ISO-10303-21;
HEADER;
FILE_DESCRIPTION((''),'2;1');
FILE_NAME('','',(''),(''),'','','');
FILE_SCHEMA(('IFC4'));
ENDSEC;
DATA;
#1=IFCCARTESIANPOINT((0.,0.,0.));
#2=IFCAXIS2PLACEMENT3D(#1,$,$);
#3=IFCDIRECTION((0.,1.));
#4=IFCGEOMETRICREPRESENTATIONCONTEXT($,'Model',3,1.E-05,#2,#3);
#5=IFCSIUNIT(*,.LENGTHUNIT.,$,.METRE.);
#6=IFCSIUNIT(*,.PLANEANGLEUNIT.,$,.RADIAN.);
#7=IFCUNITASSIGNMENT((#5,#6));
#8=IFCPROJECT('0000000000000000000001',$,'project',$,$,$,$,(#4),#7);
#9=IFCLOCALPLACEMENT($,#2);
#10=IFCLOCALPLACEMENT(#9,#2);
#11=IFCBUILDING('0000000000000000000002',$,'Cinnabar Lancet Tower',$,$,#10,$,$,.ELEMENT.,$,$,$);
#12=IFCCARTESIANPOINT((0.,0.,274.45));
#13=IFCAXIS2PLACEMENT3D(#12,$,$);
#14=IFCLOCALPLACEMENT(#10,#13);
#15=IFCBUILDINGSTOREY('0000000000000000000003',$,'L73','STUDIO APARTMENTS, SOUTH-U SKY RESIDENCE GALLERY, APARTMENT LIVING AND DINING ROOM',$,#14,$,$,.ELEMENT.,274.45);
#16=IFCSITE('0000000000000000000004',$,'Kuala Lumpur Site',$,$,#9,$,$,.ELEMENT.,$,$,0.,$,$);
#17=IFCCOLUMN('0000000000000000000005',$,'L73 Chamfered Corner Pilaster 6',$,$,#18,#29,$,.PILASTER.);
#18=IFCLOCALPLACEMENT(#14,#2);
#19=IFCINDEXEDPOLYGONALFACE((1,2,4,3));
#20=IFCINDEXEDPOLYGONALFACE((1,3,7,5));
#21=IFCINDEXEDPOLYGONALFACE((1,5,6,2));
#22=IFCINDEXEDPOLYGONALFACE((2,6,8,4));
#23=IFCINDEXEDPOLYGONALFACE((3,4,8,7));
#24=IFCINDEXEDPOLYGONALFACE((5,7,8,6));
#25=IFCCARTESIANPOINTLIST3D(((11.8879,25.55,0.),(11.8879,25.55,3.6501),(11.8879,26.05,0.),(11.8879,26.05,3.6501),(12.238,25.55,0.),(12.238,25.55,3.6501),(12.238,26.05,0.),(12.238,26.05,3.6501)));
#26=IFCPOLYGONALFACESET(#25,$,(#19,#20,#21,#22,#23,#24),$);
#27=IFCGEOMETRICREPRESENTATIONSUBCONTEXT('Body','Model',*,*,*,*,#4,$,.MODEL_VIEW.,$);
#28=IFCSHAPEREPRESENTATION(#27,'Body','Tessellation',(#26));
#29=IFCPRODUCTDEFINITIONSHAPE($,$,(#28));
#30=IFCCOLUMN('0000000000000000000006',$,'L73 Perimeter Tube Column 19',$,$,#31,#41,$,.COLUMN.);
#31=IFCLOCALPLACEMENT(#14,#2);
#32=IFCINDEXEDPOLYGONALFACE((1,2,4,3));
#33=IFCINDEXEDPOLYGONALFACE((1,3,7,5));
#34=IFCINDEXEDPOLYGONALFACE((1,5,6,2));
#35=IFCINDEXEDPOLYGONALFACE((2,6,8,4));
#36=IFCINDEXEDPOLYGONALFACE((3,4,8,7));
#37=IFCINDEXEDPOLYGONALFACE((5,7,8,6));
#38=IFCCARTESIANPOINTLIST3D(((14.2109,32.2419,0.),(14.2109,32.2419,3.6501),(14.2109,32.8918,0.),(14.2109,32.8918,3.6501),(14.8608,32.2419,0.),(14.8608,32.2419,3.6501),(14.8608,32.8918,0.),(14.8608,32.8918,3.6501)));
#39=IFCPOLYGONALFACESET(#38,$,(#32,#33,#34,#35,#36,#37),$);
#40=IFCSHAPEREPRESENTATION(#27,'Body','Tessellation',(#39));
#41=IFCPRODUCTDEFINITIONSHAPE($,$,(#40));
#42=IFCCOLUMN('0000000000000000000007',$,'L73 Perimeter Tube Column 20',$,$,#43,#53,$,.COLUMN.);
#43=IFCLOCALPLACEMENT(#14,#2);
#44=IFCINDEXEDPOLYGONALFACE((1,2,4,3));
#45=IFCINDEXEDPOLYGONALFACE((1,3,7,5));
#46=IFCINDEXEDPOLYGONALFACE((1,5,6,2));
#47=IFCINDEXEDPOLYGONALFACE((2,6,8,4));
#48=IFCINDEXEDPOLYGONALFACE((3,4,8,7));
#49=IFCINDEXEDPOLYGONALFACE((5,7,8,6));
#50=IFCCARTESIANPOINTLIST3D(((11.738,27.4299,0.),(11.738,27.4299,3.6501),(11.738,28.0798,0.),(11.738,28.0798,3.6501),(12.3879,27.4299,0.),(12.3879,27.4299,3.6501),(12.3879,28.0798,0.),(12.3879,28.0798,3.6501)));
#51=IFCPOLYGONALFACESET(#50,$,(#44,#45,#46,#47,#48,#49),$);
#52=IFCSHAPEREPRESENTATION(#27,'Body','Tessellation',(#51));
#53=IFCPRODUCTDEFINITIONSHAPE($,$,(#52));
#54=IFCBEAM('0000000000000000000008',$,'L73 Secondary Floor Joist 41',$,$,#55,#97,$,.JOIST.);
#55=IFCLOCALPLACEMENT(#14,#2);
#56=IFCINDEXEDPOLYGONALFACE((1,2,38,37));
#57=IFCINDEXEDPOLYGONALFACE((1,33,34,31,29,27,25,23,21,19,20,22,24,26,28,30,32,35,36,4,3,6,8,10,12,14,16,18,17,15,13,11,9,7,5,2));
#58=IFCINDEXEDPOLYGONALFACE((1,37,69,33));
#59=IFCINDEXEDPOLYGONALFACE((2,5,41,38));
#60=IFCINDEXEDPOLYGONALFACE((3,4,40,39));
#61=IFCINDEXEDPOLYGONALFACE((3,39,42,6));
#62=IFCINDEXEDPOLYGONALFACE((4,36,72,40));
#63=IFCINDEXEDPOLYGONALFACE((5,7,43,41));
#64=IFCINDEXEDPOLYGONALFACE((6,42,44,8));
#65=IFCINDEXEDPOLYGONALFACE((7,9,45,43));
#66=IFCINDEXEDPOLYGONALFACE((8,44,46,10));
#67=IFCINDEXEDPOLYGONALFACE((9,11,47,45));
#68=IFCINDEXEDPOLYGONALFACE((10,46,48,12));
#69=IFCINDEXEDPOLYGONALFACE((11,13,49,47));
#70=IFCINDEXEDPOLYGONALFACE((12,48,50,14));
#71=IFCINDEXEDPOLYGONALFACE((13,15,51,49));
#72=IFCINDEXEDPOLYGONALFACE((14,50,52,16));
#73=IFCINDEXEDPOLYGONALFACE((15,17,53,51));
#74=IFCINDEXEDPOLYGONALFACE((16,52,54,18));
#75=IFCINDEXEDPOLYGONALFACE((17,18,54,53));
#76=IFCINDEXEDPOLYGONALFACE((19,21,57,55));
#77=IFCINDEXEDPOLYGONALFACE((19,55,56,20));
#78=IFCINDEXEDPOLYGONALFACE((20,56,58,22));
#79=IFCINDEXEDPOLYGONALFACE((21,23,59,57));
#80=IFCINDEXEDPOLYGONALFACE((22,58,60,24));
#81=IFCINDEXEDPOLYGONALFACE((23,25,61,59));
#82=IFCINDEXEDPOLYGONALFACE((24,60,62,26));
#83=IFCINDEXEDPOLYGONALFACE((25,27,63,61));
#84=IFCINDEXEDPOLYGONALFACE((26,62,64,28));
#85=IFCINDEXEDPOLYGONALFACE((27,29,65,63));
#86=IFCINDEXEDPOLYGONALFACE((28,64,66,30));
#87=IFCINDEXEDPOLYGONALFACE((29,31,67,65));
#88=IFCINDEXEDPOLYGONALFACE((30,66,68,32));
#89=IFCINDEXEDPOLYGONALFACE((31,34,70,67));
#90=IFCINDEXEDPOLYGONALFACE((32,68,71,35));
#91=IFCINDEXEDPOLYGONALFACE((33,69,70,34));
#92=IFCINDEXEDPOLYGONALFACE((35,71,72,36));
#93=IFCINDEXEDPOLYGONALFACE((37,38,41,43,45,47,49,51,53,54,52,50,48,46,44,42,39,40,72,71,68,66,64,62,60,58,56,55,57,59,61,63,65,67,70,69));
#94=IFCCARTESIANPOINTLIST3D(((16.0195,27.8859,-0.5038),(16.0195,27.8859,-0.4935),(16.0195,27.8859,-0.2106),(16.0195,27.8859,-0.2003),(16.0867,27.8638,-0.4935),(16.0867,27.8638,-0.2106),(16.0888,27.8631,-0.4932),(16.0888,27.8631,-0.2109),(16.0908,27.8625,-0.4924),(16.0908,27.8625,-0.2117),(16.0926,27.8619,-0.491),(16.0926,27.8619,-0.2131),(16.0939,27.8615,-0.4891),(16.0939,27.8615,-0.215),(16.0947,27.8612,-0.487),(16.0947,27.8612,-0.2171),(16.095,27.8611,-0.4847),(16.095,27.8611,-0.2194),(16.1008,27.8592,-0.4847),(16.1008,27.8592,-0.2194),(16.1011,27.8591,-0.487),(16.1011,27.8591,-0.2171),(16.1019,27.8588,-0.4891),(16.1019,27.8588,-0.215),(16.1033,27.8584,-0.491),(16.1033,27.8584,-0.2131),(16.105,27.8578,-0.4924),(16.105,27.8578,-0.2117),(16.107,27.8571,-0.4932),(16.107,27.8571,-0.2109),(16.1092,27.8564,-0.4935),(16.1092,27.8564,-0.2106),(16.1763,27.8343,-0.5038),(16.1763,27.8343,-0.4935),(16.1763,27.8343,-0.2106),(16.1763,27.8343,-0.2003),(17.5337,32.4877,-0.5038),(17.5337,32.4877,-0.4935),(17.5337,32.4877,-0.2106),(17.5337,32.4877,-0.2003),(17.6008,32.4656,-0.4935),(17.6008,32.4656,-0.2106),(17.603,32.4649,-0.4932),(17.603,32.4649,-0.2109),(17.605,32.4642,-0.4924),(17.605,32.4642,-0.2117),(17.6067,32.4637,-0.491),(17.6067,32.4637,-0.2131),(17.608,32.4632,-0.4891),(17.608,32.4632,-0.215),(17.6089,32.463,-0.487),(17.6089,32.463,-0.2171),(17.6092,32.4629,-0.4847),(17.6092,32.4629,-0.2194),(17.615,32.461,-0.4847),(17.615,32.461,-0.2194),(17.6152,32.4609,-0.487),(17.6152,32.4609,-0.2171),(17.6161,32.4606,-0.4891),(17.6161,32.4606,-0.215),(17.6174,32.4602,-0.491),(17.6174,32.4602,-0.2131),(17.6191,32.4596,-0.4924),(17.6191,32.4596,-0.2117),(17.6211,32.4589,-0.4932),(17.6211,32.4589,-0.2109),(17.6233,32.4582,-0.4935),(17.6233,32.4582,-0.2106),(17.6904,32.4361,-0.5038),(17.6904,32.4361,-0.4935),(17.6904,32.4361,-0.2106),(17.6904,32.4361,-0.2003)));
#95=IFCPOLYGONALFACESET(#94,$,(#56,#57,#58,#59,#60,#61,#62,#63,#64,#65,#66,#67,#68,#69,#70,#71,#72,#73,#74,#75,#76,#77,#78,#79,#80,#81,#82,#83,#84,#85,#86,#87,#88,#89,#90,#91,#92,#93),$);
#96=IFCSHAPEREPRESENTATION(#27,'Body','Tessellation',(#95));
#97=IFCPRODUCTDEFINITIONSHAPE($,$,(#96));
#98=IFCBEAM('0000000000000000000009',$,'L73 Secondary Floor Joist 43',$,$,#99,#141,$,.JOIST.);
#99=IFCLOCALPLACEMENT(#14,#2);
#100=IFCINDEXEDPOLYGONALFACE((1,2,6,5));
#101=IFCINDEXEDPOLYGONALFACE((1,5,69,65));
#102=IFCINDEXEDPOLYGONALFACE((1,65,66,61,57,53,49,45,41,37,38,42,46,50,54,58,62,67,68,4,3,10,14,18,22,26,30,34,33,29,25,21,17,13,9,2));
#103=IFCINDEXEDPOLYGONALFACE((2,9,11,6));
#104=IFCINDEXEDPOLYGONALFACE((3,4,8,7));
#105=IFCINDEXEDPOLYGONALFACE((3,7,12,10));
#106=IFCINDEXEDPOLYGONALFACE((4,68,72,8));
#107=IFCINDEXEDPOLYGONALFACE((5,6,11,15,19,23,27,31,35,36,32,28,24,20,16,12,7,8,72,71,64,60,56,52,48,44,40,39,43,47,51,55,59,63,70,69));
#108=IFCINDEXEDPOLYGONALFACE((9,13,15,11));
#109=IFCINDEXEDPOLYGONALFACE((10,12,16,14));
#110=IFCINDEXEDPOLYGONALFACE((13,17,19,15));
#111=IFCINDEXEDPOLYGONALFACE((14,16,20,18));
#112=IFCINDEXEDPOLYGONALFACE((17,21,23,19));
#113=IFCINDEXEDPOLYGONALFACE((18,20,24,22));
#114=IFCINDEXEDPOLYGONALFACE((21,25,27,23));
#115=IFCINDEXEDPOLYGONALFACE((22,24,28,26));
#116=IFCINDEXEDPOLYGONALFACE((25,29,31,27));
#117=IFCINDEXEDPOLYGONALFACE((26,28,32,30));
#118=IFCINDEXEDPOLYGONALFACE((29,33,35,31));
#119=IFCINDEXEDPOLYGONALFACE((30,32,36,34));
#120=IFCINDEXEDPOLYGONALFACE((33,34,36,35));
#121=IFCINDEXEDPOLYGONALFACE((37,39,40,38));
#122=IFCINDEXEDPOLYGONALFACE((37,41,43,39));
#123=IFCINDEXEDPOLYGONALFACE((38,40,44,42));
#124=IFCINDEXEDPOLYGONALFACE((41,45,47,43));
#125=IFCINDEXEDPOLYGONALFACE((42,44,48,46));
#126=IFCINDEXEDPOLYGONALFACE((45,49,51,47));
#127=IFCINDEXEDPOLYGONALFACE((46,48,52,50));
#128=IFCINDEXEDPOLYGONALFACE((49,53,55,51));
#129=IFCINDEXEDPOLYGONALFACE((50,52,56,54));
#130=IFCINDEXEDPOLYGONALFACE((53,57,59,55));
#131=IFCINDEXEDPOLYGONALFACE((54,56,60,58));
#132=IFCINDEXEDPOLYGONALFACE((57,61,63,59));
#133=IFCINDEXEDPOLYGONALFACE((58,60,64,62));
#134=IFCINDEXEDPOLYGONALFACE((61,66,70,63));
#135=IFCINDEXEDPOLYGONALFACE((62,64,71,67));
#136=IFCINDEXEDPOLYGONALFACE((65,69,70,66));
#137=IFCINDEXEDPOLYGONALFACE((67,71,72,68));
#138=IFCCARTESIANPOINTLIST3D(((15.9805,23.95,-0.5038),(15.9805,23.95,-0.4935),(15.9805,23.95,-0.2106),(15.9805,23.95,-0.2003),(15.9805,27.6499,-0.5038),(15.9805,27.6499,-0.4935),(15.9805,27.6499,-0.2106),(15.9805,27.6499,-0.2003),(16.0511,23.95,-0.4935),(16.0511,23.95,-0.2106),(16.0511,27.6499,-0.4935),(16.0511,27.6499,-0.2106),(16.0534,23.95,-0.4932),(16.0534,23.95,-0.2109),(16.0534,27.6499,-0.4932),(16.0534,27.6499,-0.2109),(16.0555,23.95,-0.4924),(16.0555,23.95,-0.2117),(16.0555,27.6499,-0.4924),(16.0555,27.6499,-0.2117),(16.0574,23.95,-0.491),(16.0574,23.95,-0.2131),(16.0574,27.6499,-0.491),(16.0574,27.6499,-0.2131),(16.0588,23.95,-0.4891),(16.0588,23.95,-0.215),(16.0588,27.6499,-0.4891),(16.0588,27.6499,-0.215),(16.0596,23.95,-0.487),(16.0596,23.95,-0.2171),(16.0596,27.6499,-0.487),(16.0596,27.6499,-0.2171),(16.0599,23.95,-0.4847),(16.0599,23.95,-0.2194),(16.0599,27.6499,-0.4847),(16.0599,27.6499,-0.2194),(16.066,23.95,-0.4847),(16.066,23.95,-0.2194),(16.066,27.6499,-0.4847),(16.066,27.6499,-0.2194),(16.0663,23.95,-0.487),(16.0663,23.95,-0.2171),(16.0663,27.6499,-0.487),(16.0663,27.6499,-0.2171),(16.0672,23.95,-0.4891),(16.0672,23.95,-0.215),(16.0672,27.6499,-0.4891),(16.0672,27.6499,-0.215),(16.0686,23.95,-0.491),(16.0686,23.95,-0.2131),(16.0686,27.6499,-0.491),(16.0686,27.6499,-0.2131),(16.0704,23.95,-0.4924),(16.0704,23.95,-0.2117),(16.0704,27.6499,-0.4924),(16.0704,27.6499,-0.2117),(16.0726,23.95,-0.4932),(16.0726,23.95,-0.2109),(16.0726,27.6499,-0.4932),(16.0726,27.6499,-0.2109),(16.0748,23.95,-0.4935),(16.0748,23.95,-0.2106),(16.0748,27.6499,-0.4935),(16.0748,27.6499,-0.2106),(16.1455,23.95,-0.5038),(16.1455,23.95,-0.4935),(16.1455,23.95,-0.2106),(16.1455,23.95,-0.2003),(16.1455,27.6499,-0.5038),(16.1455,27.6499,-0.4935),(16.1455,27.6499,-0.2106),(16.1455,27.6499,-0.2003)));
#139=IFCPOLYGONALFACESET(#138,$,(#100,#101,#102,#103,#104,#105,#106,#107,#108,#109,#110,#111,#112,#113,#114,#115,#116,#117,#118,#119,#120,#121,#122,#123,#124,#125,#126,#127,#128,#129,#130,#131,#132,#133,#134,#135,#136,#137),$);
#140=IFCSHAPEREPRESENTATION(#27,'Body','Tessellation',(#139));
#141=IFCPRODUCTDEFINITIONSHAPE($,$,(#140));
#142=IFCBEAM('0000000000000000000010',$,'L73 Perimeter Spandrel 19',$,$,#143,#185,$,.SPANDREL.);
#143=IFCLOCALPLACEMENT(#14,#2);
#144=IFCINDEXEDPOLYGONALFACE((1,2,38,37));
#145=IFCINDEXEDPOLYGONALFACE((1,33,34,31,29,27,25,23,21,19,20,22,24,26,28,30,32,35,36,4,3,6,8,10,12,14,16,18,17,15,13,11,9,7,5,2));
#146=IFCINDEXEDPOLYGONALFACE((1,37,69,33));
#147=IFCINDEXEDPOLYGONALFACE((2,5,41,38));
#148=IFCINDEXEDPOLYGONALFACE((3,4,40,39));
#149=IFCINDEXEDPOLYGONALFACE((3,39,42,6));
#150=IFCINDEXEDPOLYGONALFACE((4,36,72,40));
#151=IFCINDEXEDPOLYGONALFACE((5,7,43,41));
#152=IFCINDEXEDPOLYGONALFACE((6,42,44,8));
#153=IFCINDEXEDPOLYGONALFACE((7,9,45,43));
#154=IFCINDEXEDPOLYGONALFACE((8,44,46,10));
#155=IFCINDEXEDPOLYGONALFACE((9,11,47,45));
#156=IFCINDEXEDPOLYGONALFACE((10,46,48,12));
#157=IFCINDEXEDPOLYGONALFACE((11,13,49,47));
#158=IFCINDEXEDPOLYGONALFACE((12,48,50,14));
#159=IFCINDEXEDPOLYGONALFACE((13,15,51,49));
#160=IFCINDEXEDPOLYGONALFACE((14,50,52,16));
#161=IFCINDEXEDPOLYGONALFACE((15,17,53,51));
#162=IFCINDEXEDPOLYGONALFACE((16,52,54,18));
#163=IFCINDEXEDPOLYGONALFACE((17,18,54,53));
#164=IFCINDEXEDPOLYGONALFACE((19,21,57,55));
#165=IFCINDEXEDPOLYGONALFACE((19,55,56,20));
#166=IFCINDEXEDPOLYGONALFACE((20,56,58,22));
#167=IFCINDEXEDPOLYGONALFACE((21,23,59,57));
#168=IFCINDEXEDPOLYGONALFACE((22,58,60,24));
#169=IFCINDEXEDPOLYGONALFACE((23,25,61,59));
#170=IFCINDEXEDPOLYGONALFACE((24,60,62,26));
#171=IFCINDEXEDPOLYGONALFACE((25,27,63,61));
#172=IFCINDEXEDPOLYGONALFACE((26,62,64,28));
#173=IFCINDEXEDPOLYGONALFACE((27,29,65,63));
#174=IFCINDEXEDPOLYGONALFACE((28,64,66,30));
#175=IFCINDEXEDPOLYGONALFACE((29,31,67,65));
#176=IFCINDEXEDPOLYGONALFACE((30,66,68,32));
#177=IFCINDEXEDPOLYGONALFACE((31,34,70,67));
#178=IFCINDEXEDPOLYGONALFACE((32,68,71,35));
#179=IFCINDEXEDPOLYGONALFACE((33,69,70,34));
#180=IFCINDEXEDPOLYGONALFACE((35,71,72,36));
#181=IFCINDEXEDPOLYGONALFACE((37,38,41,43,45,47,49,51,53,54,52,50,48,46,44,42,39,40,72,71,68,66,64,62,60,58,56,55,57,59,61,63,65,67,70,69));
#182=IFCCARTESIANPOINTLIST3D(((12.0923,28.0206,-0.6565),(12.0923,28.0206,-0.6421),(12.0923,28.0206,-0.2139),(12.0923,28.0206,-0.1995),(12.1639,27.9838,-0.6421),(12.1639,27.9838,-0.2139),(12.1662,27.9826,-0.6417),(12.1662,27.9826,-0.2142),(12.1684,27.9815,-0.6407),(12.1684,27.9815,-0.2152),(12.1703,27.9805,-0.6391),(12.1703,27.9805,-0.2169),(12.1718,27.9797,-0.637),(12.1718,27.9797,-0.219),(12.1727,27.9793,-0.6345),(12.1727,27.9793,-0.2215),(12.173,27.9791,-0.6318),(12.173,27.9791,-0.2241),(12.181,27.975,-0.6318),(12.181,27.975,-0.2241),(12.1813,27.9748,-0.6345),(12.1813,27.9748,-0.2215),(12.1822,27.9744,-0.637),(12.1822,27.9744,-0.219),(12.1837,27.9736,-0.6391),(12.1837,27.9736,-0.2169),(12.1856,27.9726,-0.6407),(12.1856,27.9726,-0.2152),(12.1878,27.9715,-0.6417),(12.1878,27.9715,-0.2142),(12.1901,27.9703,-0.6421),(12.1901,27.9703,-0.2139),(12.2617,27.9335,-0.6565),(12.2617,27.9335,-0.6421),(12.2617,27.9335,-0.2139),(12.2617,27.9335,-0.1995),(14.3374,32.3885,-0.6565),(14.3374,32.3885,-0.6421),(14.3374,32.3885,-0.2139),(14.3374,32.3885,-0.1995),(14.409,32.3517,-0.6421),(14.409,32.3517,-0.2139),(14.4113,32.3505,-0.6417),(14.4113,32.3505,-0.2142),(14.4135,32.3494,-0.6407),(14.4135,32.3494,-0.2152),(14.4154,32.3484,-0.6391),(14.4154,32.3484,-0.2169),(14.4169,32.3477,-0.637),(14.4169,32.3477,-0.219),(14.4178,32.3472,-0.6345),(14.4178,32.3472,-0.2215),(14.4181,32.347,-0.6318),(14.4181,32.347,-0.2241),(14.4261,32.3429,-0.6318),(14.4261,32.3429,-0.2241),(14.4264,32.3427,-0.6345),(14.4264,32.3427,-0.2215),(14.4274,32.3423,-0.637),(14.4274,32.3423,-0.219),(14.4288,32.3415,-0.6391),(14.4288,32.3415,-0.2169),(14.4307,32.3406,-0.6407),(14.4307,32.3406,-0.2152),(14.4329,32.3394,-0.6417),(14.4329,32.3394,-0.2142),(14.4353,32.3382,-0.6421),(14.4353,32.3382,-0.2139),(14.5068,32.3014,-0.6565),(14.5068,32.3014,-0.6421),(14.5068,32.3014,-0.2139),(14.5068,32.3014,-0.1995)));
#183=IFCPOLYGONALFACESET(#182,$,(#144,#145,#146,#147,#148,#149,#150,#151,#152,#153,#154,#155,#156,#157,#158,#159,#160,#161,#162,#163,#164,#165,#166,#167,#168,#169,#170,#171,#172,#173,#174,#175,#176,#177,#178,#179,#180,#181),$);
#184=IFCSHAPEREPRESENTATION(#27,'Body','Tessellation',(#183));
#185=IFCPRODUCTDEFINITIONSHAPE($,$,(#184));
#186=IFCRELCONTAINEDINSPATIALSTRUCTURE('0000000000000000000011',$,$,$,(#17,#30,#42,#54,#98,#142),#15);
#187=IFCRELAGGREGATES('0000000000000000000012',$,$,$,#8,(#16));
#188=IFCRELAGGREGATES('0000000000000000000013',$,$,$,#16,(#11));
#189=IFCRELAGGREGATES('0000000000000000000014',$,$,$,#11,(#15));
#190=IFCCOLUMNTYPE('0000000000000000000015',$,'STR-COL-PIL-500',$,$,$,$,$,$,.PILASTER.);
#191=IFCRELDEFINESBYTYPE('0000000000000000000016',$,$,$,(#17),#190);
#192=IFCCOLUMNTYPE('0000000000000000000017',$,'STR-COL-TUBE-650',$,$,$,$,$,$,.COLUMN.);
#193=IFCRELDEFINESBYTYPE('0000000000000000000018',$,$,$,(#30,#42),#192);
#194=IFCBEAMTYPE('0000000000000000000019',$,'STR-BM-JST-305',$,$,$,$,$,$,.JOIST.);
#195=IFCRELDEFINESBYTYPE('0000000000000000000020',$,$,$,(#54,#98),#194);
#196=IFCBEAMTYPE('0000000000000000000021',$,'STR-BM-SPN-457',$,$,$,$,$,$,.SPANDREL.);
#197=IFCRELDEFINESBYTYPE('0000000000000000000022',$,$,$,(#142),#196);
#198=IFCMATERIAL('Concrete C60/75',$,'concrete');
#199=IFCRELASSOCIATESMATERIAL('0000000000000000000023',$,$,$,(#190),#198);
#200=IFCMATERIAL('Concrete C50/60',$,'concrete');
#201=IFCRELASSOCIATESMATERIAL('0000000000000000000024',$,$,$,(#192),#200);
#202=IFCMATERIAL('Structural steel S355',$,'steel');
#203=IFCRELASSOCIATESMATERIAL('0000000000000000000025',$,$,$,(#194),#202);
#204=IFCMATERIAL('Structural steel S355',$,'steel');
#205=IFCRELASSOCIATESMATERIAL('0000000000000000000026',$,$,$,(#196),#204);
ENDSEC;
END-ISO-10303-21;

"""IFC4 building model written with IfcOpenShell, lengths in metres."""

from ifc_helpers import new_model, si_unit, direction, frame, origin, origin_2d, place, context, subcontext, project, spatial, rectangle, i_section, extrude, material, material_profile, profile_set, type_object, element, save


model = new_model("IFC4")

# Units and contexts
model_context = context("Model", 3, precision=1e-05, world=origin(), true_north=direction((0.0, 1.0)))
body_context = subcontext(model_context, "Body", "Model", "MODEL_VIEW")
ifc_project = project(units=[si_unit("LENGTHUNIT", "METRE"), si_unit("PLANEANGLEUNIT", "RADIAN")], contexts=[model_context])

# Site, building, storey
site_placement = place(None, origin())
site = spatial("IfcSite", under=ifc_project, at=site_placement, Name="Kuala Lumpur Site", CompositionType="ELEMENT", RefElevation=0.0)
building_placement = place(site_placement, origin())
building = spatial("IfcBuilding", under=site, at=building_placement, Name="Cinnabar Lancet Tower", CompositionType="ELEMENT")
storey_placement = place(building_placement, frame((0.0, 0.0, 274.45)))
storey = spatial("IfcBuildingStorey", under=building, at=storey_placement, Name="L73", Description="STUDIO APARTMENTS, SOUTH-U SKY RESIDENCE GALLERY, APARTMENT LIVING AND DINING ROOM", CompositionType="ELEMENT", Elevation=274.45)

# Columns
ifc_material_1 = material(Name="Concrete C60/75", Category="concrete")
ifc_material_profile_1 = material_profile(ifc_material_1, rectangle(XDim=0.5, YDim=0.3501, at=origin_2d()), Name="RC-PIL 500x350")
ifc_profile_set_1 = profile_set([ifc_material_profile_1], Name="Concrete C60/75")
column_type_1 = type_object("IfcColumnType", Name="STR-COL-PIL-500", PredefinedType="PILASTER", material=ifc_profile_set_1)
column_placement = place(storey_placement, frame((12.063, 25.8, 0.0), z_axis=(0.0, 0.0, 1.0), x_axis=(0.0, -1.0, 0.0)))
element("IfcColumn", 1, at=column_placement, inside=storey, type_object=column_type_1, Name="L73 Chamfered Corner Pilaster 6", PredefinedType="PILASTER", context=body_context, shape_type="SweptSolid", body=[
    extrude(rectangle(XDim=0.5, YDim=0.3501, at=origin_2d()), origin(), (0.0, 0.0, 1.0), 3.6501),
])
ifc_material_2 = material(Name="Concrete C50/60", Category="concrete")
ifc_material_profile_2 = material_profile(ifc_material_2, rectangle(XDim=0.6499, YDim=0.6499, at=origin_2d()), Name="RC-COL 650x650")
ifc_profile_set_2 = profile_set([ifc_material_profile_2], Name="Concrete C50/60")
column_type_2 = type_object("IfcColumnType", Name="STR-COL-TUBE-650", PredefinedType="COLUMN", material=ifc_profile_set_2)
for number, where, z_axis, x_axis, name in (
    (2, (14.5359, 32.5669, 0.0), (0.0, 0.0, 1.0), (1.0, 0.0, 0.0), "L73 Perimeter Tube Column 19"),
    (3, (12.063, 27.7549, 0.0), (0.0, 0.0, 1.0), (1.0, 0.0, 0.0), "L73 Perimeter Tube Column 20"),
):
    element("IfcColumn", number, at=place(storey_placement, frame(where, z_axis=z_axis, x_axis=x_axis)), inside=storey, type_object=column_type_2, Name=name, PredefinedType="COLUMN", context=body_context, shape_type="SweptSolid", body=[
        extrude(rectangle(XDim=0.6499, YDim=0.6499, at=origin_2d()), origin(), (0.0, 0.0, 1.0), 3.6501),
    ])

# Beams
ifc_material_3 = material(Name="Structural steel S355", Category="steel")
ifc_material_profile_3 = material_profile(ifc_material_3, i_section(OverallWidth=0.165, OverallDepth=0.3035, WebThickness=0.0061, FlangeThickness=0.0103, FilletRadius=0.0088, at=origin_2d()), Name="UKB 305x165x40")
ifc_profile_set_3 = profile_set([ifc_material_profile_3], Name="Structural steel S355")
beam_type_1 = type_object("IfcBeamType", Name="STR-BM-JST-305", PredefinedType="JOIST", material=ifc_profile_set_3)
beam_1_placement = place(storey_placement, frame((17.6121, 32.4619, -0.3521), z_axis=(-0.312552, -0.949901, 0.0), x_axis=(0.949901, -0.312552, 0.0)))
element("IfcBeam", 4, at=beam_1_placement, inside=storey, type_object=beam_type_1, Name="L73 Secondary Floor Joist 41", PredefinedType="JOIST", context=body_context, shape_type="SweptSolid", body=[
    extrude(i_section(OverallWidth=0.165, OverallDepth=0.3035, WebThickness=0.0061, FlangeThickness=0.0103, FilletRadius=0.0088, at=origin_2d()), origin(), (0.0, 0.0, 1.0), 4.8445),
])
beam_2_placement = place(storey_placement, frame((16.063, 27.6499, -0.3521), z_axis=(0.0, -1.0, 0.0), x_axis=(1.0, 0.0, 0.0)))
element("IfcBeam", 5, at=beam_2_placement, inside=storey, type_object=beam_type_1, Name="L73 Secondary Floor Joist 43", PredefinedType="JOIST", context=body_context, shape_type="SweptSolid", body=[
    extrude(i_section(OverallWidth=0.165, OverallDepth=0.3035, WebThickness=0.0061, FlangeThickness=0.0103, FilletRadius=0.0088, at=origin_2d()), origin(), (0.0, 0.0, 1.0), 3.7),
])
ifc_material_4 = material(Name="Structural steel S355", Category="steel")
ifc_material_profile_4 = material_profile(ifc_material_4, i_section(OverallWidth=0.1904, OverallDepth=0.457, WebThickness=0.009, FlangeThickness=0.0144, FilletRadius=0.0103, at=origin_2d()), Name="UKB 457x191x74")
ifc_profile_set_4 = profile_set([ifc_material_profile_4], Name="Structural steel S355")
beam_type_2 = type_object("IfcBeamType", Name="STR-BM-SPN-457", PredefinedType="SPANDREL", material=ifc_profile_set_4)
beam_3_placement = place(storey_placement, frame((14.4221, 32.345, -0.428), z_axis=(-0.457148, -0.889391, 0.0), x_axis=(0.889391, -0.457148, 0.0)))
element("IfcBeam", 6, at=beam_3_placement, inside=storey, type_object=beam_type_2, Name="L73 Perimeter Spandrel 19", PredefinedType="SPANDREL", context=body_context, shape_type="SweptSolid", body=[
    extrude(i_section(OverallWidth=0.1904, OverallDepth=0.457, WebThickness=0.009, FlangeThickness=0.0144, FilletRadius=0.0103, at=origin_2d()), origin(), (0.0, 0.0, 1.0), 4.9111),
])

save(model, "model.ifc")
